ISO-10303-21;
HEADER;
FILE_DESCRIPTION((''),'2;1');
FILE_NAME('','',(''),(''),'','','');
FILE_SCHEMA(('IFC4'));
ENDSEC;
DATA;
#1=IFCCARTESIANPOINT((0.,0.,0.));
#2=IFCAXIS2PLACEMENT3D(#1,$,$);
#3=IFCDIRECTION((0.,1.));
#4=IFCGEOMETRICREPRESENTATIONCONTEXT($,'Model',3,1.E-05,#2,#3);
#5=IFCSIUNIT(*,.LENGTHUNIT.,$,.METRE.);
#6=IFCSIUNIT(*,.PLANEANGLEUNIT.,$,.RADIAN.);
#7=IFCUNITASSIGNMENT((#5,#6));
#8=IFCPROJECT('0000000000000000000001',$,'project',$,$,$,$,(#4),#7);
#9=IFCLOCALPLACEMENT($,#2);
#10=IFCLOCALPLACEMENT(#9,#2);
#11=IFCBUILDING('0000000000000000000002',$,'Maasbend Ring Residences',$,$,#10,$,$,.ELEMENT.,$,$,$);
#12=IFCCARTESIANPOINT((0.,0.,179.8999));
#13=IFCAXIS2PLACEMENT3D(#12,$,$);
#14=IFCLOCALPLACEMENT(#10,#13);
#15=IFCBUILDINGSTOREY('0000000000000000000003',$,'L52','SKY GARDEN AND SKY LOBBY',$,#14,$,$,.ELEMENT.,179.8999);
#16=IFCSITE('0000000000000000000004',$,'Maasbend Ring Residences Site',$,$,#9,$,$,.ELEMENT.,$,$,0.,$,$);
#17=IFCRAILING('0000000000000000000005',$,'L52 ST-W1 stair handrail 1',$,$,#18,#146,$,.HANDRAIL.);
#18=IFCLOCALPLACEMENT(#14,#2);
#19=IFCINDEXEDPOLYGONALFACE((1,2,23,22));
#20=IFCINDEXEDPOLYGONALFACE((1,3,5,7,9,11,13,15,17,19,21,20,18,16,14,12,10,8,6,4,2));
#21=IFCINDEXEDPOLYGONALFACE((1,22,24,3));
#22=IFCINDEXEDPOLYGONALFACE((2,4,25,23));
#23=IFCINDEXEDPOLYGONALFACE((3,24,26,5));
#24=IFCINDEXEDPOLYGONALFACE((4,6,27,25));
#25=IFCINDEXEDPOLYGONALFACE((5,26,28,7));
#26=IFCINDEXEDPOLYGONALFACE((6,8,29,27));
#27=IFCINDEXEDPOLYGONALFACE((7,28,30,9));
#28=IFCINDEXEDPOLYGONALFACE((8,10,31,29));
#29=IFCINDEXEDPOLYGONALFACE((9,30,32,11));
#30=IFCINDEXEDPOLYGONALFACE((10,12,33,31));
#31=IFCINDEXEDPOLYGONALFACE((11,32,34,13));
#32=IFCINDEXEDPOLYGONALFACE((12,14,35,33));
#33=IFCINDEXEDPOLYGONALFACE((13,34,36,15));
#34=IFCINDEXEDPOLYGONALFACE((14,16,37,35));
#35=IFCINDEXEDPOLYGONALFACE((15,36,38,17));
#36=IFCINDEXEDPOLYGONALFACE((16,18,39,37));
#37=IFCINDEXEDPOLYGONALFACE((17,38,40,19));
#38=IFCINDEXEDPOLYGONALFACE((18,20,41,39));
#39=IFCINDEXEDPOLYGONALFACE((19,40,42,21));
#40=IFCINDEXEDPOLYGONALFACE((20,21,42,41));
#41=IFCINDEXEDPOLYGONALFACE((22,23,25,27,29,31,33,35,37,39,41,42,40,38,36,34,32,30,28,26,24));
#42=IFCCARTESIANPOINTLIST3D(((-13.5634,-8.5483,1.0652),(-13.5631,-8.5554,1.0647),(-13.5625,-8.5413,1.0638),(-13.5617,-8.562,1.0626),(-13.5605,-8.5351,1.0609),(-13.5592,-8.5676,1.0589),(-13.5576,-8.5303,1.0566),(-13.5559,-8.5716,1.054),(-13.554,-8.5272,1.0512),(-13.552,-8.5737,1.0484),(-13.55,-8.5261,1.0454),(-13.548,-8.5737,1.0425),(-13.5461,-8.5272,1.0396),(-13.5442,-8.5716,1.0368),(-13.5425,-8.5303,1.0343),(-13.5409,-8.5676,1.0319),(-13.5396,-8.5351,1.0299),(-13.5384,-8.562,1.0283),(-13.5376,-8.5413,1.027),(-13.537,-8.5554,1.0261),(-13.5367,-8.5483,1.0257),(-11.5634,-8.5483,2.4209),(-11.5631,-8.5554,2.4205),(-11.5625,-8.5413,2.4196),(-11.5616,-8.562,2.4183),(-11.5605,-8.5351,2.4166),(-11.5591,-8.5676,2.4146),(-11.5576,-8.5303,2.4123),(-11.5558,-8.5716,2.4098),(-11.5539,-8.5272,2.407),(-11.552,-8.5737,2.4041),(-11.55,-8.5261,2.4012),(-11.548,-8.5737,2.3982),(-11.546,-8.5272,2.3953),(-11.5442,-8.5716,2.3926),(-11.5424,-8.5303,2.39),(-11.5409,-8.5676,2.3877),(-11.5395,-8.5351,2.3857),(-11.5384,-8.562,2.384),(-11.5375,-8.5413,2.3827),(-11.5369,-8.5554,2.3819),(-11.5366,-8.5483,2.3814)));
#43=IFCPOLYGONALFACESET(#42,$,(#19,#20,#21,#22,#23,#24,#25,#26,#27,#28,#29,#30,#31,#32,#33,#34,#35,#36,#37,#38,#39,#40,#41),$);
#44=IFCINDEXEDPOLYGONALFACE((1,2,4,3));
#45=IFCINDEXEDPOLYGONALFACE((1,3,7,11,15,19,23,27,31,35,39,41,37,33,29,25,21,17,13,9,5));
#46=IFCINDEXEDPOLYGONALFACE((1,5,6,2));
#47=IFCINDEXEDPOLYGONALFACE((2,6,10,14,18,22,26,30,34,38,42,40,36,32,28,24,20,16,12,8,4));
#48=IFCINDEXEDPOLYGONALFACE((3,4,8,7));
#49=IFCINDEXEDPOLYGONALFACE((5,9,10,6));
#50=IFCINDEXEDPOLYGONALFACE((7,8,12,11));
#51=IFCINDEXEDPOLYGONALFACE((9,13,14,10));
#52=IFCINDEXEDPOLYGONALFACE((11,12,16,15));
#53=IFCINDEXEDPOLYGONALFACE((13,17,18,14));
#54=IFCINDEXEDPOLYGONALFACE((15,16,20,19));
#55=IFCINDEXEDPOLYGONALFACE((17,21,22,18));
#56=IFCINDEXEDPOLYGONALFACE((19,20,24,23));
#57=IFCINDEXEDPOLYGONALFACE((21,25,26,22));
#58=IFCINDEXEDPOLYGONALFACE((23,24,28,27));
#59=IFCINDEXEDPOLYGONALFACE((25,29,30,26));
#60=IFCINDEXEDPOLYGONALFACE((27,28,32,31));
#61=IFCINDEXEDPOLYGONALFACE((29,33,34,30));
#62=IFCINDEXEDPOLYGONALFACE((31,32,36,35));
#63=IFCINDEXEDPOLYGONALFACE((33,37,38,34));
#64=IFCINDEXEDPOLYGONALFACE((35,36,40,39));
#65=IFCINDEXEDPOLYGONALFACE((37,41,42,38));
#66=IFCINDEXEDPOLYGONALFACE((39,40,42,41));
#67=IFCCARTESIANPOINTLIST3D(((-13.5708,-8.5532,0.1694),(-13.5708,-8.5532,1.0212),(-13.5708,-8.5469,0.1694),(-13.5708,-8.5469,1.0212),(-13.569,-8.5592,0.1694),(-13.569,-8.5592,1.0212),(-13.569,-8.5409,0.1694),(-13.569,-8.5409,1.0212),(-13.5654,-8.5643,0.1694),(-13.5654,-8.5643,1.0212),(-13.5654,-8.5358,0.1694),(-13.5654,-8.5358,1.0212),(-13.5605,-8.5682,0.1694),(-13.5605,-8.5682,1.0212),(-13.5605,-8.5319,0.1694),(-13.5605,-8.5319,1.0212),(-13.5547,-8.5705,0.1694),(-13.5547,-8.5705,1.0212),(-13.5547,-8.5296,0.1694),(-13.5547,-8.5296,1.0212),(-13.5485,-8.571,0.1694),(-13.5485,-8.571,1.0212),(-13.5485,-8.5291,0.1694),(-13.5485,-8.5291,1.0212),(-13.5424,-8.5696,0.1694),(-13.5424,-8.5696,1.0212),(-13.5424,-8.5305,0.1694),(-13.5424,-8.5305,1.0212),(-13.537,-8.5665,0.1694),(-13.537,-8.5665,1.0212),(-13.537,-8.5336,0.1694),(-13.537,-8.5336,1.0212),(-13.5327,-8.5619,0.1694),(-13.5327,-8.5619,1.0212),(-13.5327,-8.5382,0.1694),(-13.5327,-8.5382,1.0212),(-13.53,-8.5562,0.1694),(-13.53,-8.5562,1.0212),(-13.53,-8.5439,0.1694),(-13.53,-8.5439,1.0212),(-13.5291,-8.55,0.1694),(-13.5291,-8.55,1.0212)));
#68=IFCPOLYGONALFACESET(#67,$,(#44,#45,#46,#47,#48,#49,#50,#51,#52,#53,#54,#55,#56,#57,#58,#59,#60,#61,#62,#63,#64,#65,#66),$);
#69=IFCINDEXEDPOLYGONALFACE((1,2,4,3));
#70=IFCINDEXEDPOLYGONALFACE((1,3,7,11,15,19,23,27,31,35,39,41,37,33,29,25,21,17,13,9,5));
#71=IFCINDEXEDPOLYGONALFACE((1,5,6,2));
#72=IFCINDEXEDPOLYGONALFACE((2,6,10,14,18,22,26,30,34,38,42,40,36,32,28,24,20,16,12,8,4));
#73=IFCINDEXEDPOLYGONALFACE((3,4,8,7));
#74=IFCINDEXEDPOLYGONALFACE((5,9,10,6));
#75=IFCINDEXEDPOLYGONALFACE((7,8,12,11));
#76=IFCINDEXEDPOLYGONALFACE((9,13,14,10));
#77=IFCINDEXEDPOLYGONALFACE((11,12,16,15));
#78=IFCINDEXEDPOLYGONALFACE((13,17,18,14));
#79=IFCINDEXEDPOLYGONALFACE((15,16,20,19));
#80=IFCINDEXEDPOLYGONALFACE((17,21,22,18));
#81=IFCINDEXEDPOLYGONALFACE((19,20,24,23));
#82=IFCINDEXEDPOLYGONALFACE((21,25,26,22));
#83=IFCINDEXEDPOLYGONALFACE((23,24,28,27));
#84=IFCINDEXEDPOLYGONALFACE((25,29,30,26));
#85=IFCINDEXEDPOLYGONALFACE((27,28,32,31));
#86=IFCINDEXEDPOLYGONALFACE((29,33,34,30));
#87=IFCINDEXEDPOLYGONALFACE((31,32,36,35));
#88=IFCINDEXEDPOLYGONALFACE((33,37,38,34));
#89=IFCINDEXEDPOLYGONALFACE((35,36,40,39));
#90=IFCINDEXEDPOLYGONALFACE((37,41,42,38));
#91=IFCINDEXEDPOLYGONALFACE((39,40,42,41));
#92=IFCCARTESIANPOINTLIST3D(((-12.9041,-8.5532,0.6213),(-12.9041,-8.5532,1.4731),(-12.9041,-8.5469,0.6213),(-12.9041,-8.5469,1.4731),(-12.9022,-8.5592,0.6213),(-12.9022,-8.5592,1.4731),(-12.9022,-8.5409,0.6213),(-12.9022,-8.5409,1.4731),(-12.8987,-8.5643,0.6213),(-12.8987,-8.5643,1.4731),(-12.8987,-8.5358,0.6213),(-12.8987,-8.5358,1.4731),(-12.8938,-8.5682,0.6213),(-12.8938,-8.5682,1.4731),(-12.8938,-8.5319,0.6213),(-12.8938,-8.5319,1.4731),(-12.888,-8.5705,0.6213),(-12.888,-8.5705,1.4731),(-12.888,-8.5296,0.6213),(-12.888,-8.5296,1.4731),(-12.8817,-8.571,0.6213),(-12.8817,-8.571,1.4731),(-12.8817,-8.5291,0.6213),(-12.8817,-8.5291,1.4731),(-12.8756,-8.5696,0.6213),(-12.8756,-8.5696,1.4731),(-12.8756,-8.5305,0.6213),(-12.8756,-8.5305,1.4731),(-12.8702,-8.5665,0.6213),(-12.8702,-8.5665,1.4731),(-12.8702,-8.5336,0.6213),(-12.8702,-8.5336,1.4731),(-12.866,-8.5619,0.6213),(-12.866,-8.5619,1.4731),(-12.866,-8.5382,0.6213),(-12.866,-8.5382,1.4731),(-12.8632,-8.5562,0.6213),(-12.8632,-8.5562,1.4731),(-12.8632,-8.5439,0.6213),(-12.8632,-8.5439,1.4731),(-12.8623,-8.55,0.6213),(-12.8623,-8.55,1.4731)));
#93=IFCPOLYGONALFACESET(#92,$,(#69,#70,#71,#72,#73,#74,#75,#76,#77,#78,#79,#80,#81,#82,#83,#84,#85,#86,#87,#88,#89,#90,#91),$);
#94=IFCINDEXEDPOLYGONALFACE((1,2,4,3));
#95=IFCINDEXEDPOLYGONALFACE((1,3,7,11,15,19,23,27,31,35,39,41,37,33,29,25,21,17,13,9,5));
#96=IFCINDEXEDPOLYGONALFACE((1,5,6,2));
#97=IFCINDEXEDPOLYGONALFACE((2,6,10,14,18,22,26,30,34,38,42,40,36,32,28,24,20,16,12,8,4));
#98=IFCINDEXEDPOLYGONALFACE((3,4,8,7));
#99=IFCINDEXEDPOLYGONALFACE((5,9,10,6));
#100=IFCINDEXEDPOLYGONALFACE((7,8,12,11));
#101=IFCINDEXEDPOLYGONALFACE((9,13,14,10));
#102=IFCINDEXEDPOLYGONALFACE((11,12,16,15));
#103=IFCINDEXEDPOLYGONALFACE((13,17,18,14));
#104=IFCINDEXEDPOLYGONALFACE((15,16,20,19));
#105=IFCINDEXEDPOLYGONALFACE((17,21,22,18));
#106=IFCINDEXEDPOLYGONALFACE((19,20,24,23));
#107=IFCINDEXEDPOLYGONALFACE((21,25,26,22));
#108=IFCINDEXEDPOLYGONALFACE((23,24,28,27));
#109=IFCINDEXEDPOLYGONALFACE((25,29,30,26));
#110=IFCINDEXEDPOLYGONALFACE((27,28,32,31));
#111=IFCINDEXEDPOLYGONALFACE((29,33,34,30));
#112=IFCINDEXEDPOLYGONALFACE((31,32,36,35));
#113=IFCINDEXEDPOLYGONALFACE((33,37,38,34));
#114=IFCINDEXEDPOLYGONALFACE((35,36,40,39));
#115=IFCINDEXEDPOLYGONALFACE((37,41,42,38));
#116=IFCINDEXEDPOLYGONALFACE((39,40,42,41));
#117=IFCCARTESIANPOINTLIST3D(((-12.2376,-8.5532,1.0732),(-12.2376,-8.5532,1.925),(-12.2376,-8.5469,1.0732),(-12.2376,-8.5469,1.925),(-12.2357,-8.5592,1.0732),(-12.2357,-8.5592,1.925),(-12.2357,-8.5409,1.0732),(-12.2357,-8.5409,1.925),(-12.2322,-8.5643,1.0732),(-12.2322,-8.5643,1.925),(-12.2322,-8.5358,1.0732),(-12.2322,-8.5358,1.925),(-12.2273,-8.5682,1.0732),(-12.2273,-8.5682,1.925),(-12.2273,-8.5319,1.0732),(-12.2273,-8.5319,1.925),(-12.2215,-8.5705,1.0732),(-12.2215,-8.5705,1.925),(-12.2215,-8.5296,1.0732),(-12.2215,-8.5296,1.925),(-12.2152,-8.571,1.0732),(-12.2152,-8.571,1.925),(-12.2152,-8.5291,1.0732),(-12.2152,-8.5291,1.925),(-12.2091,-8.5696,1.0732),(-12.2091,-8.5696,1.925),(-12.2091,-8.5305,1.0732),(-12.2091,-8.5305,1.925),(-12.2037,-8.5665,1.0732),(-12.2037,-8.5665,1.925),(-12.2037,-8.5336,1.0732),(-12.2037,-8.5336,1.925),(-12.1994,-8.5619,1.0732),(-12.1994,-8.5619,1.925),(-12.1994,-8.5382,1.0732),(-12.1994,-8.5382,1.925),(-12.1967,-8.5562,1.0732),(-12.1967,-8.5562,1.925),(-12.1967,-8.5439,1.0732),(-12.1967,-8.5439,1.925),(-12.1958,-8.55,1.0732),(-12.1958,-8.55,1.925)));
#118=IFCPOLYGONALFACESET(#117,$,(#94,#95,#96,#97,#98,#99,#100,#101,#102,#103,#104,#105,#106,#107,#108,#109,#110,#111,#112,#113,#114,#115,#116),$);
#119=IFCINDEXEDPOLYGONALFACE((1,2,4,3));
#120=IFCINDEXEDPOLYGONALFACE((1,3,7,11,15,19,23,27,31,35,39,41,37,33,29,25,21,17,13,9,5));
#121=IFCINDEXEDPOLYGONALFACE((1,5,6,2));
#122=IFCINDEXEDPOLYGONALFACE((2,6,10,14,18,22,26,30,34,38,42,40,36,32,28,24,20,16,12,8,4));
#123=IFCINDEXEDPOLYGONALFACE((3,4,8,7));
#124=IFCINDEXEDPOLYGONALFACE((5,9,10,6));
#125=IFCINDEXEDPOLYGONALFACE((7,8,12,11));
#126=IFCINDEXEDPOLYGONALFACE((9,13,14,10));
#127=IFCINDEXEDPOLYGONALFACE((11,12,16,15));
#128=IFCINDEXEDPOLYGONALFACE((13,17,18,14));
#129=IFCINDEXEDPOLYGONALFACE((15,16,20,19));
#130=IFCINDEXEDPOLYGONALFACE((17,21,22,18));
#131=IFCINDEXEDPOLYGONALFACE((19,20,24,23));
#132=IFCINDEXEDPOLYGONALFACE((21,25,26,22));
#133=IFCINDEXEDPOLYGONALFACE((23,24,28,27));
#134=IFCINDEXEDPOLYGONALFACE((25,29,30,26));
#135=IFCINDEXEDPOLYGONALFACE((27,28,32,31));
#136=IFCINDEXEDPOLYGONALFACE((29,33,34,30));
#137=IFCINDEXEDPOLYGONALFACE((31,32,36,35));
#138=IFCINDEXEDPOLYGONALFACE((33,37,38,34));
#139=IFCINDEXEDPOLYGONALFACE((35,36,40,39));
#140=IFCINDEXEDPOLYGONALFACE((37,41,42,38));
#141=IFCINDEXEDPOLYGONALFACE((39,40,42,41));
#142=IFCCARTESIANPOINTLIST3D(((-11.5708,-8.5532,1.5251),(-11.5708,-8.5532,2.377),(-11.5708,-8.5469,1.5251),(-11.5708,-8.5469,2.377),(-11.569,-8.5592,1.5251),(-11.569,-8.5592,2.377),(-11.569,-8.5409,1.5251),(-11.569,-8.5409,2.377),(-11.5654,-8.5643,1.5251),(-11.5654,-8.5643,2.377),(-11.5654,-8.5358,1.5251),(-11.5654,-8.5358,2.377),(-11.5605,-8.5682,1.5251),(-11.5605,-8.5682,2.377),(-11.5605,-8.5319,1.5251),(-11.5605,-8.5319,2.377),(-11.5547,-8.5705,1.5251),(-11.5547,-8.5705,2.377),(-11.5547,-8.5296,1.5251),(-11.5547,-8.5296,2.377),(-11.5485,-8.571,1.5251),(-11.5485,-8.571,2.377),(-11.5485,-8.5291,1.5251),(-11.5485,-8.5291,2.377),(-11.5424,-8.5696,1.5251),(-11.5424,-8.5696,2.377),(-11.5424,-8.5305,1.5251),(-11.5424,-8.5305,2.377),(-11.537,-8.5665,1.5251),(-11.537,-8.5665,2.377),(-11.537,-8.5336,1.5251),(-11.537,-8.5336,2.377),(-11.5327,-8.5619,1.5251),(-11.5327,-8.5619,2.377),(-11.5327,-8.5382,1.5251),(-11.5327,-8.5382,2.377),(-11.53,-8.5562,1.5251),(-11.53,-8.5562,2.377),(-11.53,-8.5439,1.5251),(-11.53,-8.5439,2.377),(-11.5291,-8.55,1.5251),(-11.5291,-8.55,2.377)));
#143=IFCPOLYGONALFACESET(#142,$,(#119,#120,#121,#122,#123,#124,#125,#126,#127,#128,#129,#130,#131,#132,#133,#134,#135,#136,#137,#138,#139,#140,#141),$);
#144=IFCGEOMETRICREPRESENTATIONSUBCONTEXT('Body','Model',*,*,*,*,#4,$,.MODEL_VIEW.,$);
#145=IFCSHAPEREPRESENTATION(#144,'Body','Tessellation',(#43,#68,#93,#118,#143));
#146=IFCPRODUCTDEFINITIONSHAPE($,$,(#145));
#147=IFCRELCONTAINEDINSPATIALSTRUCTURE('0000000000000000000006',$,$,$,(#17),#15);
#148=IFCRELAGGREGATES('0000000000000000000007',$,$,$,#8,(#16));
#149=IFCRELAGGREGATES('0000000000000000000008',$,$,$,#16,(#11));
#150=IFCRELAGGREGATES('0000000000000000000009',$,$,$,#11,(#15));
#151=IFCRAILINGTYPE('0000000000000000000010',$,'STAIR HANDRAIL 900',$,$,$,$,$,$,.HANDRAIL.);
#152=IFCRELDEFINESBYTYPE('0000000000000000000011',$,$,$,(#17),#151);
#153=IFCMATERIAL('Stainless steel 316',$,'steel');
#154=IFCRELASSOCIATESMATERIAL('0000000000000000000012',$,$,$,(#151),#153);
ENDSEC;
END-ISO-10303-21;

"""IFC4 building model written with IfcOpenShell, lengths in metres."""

from ifc_helpers import new_model, si_unit, direction, frame, origin, origin_2d, place, context, subcontext, project, spatial, circle, extrude, material, type_object, element, save


model = new_model("IFC4")

# Units and contexts
model_context = context("Model", 3, precision=1e-05, world=origin(), true_north=direction((0.0, 1.0)))
body_context = subcontext(model_context, "Body", "Model", "MODEL_VIEW")
ifc_project = project(units=[si_unit("LENGTHUNIT", "METRE"), si_unit("PLANEANGLEUNIT", "RADIAN")], contexts=[model_context])

# Site, building, storey
site_placement = place(None, origin())
site = spatial("IfcSite", under=ifc_project, at=site_placement, Name="Maasbend Ring Residences Site", CompositionType="ELEMENT", RefElevation=0.0)
building_placement = place(site_placement, origin())
building = spatial("IfcBuilding", under=site, at=building_placement, Name="Maasbend Ring Residences", CompositionType="ELEMENT")
storey_placement = place(building_placement, frame((0.0, 0.0, 179.8999)))
storey = spatial("IfcBuildingStorey", under=building, at=storey_placement, Name="L52", Description="SKY GARDEN AND SKY LOBBY", CompositionType="ELEMENT", Elevation=179.8999)

# Railing
ifc_material_1 = material(Name="Stainless steel 316", Category="steel")
railing_type_1 = type_object("IfcRailingType", Name="STAIR HANDRAIL 900", PredefinedType="HANDRAIL", material=ifc_material_1)
railing_1_placement = place(storey_placement, frame((-13.55, -8.55, 0.1694)))
element("IfcRailing", 1, at=railing_1_placement, inside=storey, type_object=railing_type_1, Name="L52 ST-W1 stair handrail 1", PredefinedType="HANDRAIL", context=body_context, shape_type="SweptSolid", body=[
    extrude(circle(Radius=0.0239, at=origin_2d()), frame((0.0, 0.0, 0.876), z_axis=(0.827751, 0.0, 0.561096), x_axis=(0.0, 1.0, 0.0)), (0.0, 0.0, 1.0), 2.4163),
    extrude(circle(Radius=0.021, at=origin_2d()), origin(), (0.0, 0.0, 1.0), 0.8518),
    extrude(circle(Radius=0.021, at=origin_2d()), frame((0.6667, 0.0, 0.4519)), (0.0, 0.0, 1.0), 0.8518),
    extrude(circle(Radius=0.021, at=origin_2d()), frame((1.3333, 0.0, 0.9038)), (0.0, 0.0, 1.0), 0.8518),
    extrude(circle(Radius=0.021, at=origin_2d()), frame((2.0, 0.0, 1.3557)), (0.0, 0.0, 1.0), 0.8518),
])

save(model, "model.ifc")
